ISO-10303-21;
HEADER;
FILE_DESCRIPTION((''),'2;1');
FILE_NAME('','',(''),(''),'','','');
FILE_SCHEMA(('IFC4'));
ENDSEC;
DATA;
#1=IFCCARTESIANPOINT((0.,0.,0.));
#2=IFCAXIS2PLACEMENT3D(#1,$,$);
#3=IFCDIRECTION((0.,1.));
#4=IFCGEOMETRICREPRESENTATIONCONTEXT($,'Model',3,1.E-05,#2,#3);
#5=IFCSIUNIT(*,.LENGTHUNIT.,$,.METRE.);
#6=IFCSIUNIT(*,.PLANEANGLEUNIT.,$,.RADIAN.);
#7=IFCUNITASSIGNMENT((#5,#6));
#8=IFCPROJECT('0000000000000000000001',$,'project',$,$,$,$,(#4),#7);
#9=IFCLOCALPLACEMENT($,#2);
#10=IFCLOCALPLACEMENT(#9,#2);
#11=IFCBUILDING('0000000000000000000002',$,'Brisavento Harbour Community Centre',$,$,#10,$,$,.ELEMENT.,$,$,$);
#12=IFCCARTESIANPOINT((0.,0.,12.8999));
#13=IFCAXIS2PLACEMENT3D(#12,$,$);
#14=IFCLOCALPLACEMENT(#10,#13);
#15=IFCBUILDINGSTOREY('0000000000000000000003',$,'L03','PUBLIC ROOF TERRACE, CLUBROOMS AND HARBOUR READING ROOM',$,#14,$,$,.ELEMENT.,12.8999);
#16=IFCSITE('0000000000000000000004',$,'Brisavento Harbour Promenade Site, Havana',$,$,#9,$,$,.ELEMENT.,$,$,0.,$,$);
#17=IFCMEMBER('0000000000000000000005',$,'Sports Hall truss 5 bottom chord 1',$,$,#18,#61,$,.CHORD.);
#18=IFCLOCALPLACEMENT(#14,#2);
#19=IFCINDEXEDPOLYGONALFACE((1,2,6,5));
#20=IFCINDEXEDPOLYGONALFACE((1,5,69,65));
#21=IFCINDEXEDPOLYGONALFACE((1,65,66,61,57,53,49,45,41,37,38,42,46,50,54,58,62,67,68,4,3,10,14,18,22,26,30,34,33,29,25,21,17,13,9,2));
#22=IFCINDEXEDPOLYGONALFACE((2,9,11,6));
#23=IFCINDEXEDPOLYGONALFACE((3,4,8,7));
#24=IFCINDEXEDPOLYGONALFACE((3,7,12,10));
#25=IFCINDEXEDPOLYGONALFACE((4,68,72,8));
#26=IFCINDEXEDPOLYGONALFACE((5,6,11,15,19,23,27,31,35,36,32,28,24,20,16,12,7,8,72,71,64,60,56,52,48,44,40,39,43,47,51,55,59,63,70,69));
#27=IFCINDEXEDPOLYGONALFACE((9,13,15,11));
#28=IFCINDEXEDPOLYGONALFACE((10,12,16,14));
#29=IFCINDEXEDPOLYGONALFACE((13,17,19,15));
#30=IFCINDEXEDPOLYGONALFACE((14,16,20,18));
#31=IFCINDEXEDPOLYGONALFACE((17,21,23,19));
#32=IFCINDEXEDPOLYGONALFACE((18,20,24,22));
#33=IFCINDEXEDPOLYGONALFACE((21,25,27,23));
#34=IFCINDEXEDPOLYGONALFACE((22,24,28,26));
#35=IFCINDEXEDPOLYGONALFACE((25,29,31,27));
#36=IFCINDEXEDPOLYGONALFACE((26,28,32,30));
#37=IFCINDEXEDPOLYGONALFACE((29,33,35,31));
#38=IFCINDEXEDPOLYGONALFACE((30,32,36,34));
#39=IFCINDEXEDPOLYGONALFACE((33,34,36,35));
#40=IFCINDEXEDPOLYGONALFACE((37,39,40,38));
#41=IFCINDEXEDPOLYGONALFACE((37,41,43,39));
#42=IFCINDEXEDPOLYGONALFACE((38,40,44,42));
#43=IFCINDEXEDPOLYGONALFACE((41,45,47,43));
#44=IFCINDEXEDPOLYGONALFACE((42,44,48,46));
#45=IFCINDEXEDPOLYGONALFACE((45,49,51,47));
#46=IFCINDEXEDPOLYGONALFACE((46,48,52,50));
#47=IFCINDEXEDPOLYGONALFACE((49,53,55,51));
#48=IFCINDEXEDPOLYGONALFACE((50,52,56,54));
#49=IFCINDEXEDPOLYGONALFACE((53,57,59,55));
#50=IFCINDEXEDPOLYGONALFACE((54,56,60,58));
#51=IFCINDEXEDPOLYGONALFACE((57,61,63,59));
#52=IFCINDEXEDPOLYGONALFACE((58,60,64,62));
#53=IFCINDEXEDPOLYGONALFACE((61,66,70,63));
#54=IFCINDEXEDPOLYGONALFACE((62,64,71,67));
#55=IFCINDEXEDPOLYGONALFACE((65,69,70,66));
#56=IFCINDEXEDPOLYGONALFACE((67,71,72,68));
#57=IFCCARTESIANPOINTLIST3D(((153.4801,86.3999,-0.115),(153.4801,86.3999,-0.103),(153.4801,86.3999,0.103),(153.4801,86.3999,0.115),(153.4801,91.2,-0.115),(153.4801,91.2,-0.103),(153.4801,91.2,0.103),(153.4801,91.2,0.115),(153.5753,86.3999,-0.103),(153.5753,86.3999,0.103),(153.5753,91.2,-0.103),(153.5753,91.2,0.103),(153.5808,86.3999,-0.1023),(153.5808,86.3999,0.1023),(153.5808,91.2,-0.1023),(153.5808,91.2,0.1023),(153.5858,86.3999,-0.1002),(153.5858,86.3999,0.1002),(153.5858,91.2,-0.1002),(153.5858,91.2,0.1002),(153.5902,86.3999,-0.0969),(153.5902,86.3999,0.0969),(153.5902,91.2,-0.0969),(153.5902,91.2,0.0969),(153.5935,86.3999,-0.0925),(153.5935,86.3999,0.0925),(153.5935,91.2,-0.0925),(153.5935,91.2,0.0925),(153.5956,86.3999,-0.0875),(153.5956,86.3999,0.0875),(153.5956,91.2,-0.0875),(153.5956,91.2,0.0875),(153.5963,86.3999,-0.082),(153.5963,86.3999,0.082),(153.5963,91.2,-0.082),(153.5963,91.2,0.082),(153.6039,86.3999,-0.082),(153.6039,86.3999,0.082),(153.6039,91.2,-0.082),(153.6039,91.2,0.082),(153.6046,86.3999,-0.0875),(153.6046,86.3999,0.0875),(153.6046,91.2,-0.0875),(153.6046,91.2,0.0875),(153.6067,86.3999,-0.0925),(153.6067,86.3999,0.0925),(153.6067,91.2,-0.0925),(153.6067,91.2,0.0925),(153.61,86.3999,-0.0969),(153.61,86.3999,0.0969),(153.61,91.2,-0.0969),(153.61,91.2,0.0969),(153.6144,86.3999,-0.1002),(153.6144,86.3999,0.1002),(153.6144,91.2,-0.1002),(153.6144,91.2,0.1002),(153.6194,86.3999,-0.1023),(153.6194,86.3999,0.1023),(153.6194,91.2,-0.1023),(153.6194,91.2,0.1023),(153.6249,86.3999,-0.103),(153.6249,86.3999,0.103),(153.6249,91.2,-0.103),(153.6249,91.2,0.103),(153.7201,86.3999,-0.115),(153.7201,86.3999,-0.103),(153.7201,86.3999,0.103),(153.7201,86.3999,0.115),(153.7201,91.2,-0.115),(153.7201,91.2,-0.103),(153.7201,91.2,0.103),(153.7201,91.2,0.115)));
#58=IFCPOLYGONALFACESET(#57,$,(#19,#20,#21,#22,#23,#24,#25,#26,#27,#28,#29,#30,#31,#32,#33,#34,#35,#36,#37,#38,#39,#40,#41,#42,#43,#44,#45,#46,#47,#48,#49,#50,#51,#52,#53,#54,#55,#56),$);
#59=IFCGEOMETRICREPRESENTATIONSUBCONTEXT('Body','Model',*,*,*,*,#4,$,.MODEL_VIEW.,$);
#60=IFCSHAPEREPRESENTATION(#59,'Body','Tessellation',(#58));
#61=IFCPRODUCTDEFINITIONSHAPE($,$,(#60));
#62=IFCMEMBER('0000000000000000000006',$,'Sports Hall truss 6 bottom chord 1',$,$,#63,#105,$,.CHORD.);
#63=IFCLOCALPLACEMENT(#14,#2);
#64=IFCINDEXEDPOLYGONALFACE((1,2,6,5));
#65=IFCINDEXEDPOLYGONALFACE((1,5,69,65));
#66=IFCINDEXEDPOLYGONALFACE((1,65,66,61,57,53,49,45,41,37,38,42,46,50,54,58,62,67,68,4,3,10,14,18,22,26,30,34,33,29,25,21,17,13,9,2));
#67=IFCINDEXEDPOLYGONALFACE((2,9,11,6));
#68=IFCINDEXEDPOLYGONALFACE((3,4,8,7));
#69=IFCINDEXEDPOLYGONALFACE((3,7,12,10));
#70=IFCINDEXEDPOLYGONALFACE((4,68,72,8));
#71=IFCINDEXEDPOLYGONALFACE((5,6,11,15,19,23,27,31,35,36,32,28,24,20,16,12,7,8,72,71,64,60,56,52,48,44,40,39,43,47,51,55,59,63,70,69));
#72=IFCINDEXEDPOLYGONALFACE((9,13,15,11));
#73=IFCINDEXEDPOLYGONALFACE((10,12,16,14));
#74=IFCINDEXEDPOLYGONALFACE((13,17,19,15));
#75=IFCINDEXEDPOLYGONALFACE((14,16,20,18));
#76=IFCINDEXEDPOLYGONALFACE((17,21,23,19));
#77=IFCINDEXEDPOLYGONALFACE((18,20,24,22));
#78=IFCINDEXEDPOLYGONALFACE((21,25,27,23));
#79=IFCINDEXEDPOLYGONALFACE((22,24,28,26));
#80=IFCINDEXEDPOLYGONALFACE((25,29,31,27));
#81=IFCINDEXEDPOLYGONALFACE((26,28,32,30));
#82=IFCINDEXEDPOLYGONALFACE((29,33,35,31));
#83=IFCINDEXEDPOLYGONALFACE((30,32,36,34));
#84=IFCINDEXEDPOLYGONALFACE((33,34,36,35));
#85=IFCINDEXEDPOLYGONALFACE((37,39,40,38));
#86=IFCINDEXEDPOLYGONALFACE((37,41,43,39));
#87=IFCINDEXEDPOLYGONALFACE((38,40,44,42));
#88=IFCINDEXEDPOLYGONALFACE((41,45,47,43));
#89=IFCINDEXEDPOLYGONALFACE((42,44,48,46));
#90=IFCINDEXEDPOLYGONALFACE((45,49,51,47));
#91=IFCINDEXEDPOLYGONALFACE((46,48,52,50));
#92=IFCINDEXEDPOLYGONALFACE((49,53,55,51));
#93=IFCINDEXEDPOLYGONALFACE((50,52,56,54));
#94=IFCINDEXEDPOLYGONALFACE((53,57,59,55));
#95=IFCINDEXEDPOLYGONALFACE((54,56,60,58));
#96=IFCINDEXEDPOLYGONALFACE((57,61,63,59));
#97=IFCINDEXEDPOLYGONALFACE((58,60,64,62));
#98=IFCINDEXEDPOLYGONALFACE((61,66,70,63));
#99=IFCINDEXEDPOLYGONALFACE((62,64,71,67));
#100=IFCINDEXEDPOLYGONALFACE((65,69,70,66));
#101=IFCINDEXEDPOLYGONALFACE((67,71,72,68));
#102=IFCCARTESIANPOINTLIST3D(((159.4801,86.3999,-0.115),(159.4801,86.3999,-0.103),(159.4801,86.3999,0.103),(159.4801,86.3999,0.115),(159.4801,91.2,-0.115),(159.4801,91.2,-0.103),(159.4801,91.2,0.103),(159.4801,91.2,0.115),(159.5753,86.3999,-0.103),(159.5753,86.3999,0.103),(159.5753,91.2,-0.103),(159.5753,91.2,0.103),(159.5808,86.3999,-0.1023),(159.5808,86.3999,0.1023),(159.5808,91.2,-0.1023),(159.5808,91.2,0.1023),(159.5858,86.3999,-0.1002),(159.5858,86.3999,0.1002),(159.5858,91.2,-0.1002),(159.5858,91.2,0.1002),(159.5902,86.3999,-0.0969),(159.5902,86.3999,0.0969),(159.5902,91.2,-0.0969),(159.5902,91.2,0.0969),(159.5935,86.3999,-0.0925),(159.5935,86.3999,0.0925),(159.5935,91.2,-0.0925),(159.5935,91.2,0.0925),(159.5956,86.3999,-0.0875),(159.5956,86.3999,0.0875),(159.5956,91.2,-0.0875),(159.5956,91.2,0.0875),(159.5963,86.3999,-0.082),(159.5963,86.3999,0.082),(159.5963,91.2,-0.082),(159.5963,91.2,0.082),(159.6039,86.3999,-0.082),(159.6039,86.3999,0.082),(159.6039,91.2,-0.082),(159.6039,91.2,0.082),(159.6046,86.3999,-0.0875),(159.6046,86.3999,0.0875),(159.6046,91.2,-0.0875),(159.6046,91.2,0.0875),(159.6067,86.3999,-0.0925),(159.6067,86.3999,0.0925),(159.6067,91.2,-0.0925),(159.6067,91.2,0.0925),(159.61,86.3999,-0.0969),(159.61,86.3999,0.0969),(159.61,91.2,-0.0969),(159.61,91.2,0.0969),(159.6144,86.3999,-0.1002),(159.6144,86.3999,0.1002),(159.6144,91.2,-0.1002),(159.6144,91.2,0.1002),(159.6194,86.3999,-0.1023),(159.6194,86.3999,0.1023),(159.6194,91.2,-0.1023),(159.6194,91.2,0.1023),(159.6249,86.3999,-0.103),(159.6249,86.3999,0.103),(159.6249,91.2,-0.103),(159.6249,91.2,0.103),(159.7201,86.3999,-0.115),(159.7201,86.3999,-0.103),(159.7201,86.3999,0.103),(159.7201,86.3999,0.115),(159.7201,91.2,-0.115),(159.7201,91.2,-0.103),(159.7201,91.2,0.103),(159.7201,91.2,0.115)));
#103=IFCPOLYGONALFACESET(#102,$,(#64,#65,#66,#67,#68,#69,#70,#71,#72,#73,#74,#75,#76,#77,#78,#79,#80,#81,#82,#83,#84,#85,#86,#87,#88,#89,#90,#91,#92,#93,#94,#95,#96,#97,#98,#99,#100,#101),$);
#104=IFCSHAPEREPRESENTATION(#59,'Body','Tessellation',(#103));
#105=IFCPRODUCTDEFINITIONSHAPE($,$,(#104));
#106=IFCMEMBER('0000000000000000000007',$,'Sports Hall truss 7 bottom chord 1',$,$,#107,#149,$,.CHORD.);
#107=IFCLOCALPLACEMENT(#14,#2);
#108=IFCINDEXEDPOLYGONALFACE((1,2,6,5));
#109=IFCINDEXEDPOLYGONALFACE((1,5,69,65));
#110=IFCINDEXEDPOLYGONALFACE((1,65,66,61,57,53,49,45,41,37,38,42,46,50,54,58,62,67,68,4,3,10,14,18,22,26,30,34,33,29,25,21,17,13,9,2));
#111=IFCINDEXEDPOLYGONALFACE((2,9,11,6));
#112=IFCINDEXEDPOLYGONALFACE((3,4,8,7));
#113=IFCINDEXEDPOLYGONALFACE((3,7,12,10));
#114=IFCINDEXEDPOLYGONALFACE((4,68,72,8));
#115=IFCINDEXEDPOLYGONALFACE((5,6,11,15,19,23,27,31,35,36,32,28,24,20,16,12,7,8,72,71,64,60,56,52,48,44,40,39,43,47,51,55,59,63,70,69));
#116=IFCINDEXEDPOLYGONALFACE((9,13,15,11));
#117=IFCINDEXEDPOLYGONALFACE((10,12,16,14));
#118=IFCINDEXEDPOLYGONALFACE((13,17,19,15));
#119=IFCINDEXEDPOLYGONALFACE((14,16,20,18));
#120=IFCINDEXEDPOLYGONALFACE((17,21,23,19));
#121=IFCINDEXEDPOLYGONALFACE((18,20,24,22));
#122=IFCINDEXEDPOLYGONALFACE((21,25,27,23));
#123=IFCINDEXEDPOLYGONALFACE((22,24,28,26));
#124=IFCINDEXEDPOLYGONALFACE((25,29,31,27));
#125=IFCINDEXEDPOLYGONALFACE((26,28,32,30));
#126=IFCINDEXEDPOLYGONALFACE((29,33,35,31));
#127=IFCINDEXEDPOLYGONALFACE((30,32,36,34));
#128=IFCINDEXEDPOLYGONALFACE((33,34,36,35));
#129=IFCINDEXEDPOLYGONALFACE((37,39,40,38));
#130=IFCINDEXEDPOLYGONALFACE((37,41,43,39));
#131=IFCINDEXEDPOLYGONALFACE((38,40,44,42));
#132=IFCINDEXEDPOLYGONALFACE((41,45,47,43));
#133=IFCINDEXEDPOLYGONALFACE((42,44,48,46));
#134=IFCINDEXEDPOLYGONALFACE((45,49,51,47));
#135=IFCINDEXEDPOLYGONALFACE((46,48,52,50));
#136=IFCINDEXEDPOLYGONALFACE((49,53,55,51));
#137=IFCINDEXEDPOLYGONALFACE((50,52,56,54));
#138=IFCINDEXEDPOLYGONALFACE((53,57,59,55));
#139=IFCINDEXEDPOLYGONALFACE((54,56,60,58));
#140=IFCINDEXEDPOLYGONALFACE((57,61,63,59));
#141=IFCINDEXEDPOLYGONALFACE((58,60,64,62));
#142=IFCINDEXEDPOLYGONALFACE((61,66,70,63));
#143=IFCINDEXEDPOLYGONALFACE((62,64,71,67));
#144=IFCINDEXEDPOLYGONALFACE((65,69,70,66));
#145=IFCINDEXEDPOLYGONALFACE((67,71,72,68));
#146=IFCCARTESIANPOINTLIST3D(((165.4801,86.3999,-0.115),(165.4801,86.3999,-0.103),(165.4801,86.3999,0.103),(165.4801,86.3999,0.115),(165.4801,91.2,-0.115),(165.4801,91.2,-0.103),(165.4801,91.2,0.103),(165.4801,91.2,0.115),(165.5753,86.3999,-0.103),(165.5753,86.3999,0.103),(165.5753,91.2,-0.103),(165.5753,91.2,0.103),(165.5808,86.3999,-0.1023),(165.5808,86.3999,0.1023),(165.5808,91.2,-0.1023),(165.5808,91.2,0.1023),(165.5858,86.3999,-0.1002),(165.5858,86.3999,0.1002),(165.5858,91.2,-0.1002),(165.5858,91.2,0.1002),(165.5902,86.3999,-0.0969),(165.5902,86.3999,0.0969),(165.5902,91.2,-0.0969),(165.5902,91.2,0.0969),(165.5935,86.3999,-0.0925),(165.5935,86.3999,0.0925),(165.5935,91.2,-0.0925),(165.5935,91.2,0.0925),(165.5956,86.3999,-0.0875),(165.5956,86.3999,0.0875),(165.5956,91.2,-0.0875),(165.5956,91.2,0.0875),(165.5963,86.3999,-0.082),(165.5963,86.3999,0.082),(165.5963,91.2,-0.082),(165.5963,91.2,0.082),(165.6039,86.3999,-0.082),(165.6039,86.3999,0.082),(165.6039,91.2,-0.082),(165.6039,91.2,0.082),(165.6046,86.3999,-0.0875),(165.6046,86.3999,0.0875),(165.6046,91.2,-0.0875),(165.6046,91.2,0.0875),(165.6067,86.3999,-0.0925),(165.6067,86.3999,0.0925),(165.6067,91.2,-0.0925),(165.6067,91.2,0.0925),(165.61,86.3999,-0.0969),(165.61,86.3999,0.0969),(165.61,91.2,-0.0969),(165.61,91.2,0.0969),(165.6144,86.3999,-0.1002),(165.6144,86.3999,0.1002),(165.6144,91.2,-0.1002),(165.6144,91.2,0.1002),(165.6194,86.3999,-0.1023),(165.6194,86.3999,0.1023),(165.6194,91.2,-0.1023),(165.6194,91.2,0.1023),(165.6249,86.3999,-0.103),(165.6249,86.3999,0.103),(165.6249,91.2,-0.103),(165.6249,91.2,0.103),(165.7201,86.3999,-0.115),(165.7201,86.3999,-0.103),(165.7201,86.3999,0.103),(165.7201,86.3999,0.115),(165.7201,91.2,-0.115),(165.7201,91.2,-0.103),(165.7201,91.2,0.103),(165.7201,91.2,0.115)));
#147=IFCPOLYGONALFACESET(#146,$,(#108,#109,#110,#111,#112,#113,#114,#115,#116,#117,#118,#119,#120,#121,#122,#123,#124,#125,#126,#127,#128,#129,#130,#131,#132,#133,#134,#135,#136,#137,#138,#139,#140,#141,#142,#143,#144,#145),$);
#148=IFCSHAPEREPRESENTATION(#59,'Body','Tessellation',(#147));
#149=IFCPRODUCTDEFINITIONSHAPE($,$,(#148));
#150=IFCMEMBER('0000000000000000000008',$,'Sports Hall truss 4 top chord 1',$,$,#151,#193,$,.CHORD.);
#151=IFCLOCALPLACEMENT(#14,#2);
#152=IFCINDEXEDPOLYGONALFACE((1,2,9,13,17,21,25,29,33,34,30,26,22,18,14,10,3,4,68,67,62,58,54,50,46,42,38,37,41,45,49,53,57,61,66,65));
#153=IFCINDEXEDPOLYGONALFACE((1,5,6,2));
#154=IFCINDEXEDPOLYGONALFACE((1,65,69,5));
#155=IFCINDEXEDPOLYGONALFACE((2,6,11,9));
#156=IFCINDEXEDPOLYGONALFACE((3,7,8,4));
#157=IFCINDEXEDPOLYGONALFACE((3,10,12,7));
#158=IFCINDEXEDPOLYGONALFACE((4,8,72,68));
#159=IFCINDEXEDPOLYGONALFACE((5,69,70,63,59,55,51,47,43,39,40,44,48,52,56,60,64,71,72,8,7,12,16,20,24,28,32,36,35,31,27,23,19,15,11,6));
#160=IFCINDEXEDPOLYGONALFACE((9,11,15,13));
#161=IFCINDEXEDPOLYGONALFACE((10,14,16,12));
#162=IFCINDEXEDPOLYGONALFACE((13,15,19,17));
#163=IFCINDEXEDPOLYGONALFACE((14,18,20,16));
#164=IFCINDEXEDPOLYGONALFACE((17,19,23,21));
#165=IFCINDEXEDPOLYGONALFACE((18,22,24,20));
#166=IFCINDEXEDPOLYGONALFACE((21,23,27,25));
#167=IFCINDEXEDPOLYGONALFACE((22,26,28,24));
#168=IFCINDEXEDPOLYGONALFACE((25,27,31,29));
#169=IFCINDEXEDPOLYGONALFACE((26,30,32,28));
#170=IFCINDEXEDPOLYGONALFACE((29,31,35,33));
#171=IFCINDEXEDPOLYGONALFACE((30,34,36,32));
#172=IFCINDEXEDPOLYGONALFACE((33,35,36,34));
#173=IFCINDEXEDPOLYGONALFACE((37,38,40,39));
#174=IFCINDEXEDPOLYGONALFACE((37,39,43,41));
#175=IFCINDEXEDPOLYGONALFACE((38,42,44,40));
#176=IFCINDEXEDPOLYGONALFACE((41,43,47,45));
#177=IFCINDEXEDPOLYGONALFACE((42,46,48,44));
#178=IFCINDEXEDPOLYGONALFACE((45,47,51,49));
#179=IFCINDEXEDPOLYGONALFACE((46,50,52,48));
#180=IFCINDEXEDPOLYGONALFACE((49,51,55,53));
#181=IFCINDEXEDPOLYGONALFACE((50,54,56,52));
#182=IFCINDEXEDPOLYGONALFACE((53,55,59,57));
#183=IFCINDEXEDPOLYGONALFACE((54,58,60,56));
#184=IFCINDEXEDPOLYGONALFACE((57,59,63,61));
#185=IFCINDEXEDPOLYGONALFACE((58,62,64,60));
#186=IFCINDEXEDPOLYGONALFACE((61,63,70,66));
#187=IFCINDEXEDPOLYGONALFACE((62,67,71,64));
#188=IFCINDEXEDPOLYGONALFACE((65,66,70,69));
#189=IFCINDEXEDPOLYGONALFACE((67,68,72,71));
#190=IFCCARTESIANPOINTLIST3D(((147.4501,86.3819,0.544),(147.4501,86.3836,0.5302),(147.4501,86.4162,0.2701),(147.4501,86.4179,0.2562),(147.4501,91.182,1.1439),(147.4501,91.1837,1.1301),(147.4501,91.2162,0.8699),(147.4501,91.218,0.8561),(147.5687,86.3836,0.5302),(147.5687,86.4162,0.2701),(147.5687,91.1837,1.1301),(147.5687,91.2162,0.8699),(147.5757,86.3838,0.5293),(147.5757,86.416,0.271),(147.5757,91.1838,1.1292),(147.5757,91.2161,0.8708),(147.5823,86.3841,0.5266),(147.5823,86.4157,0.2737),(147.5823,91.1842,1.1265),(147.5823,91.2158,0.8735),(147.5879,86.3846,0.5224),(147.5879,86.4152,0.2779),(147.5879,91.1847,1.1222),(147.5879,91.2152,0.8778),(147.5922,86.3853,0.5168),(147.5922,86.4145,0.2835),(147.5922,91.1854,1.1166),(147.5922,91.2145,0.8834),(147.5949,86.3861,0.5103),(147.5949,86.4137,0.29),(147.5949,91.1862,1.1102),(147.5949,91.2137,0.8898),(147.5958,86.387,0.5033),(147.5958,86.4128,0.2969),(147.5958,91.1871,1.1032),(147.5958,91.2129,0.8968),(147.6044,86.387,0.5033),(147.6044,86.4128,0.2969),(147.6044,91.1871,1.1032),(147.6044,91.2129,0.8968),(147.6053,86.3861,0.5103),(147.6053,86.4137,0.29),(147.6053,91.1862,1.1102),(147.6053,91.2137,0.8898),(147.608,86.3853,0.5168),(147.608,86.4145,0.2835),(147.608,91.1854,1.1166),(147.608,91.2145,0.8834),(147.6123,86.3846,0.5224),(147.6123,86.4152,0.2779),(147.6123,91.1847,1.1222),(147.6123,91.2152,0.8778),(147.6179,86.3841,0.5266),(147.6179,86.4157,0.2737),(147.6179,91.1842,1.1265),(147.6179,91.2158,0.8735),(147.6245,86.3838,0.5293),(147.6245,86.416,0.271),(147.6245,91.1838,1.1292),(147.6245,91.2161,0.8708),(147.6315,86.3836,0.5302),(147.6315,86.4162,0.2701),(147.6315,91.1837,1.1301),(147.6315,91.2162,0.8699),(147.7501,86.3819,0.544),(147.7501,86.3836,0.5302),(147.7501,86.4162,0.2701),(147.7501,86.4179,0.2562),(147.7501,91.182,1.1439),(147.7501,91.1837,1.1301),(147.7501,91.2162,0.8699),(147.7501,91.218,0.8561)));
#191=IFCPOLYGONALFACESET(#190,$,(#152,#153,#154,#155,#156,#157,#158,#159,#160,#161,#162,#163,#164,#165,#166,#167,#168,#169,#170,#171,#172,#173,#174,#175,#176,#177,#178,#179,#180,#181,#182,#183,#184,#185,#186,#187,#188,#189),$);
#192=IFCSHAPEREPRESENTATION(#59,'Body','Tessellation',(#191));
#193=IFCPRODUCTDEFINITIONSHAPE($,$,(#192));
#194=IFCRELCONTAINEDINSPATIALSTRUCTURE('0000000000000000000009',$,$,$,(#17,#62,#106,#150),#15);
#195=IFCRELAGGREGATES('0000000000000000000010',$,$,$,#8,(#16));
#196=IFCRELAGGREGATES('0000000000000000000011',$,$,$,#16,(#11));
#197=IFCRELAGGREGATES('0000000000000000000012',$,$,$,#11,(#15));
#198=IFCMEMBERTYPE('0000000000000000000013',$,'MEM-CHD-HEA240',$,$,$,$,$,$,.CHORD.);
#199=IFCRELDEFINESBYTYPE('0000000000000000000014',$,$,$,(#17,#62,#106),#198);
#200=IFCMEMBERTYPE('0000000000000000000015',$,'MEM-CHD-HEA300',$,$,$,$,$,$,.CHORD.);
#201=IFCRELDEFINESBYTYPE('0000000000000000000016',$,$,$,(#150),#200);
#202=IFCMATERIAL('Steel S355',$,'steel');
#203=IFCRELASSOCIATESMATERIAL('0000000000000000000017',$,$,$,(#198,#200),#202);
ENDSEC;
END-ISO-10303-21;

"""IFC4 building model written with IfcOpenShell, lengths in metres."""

from ifc_helpers import new_model, si_unit, direction, frame, origin, origin_2d, place, context, subcontext, project, spatial, i_section, extrude, material, material_profile, profile_set, type_object, element, save


model = new_model("IFC4")

# Units and contexts
model_context = context("Model", 3, precision=1e-05, world=origin(), true_north=direction((0.0, 1.0)))
body_context = subcontext(model_context, "Body", "Model", "MODEL_VIEW")
ifc_project = project(units=[si_unit("LENGTHUNIT", "METRE"), si_unit("PLANEANGLEUNIT", "RADIAN")], contexts=[model_context])

# Site, building, storey
site_placement = place(None, origin())
site = spatial("IfcSite", under=ifc_project, at=site_placement, Name="Brisavento Harbour Promenade Site, Havana", CompositionType="ELEMENT", RefElevation=0.0)
building_placement = place(site_placement, origin())
building = spatial("IfcBuilding", under=site, at=building_placement, Name="Brisavento Harbour Community Centre", CompositionType="ELEMENT")
storey_placement = place(building_placement, frame((0.0, 0.0, 12.8999)))
storey = spatial("IfcBuildingStorey", under=building, at=storey_placement, Name="L03", Description="PUBLIC ROOF TERRACE, CLUBROOMS AND HARBOUR READING ROOM", CompositionType="ELEMENT", Elevation=12.8999)

# Members
ifc_material_1 = material(Name="Steel S355", Category="steel")
ifc_material_profile_1 = material_profile(ifc_material_1, i_section(OverallWidth=0.24, OverallDepth=0.23, WebThickness=0.0076, FlangeThickness=0.012, FilletRadius=0.021, at=origin_2d()), Name="Steel S355")
ifc_profile_set_1 = profile_set([ifc_material_profile_1], Name="Steel S355")
member_type_1 = type_object("IfcMemberType", Name="MEM-CHD-HEA240", PredefinedType="CHORD", material=ifc_profile_set_1)
for number, where, z_axis, x_axis, name in (
    (1, (153.6001, 86.3999, 0.0), (0.0, 1.0, 0.0), (-1.0, 0.0, 0.0), "Sports Hall truss 5 bottom chord 1"),
    (2, (159.6001, 86.3999, 0.0), (0.0, 1.0, 0.0), (-1.0, 0.0, 0.0), "Sports Hall truss 6 bottom chord 1"),
    (3, (165.6001, 86.3999, 0.0), (0.0, 1.0, 0.0), (-1.0, 0.0, 0.0), "Sports Hall truss 7 bottom chord 1"),
):
    element("IfcMember", number, at=place(storey_placement, frame(where, z_axis=z_axis, x_axis=x_axis)), inside=storey, type_object=member_type_1, Name=name, PredefinedType="CHORD", context=body_context, shape_type="SweptSolid", body=[
        extrude(i_section(OverallWidth=0.24, OverallDepth=0.23, WebThickness=0.0076, FlangeThickness=0.012, FilletRadius=0.021, at=origin_2d()), origin(), (0.0, 0.0, 1.0), 4.8),
    ])
ifc_material_profile_2 = material_profile(ifc_material_1, i_section(OverallWidth=0.3, OverallDepth=0.29, WebThickness=0.0085, FlangeThickness=0.0139, FilletRadius=0.0271, at=origin_2d()), Name="Steel S355")
ifc_profile_set_2 = profile_set([ifc_material_profile_2], Name="Steel S355")
member_type_2 = type_object("IfcMemberType", Name="MEM-CHD-HEA300", PredefinedType="CHORD", material=ifc_profile_set_2)
for number, where, z_axis, x_axis, name in (
    (4, (147.6001, 86.3999, 0.4001), (0.0, 0.992282, 0.124004), (-1.0, 0.0, 0.0), "Sports Hall truss 4 top chord 1"),
):
    element("IfcMember", number, at=place(storey_placement, frame(where, z_axis=z_axis, x_axis=x_axis)), inside=storey, type_object=member_type_2, Name=name, PredefinedType="CHORD", context=body_context, shape_type="SweptSolid", body=[
        extrude(i_section(OverallWidth=0.3, OverallDepth=0.29, WebThickness=0.0085, FlangeThickness=0.0139, FilletRadius=0.0271, at=origin_2d()), origin(), (0.0, 0.0, 1.0), 4.8374),
    ])

save(model, "model.ifc")
